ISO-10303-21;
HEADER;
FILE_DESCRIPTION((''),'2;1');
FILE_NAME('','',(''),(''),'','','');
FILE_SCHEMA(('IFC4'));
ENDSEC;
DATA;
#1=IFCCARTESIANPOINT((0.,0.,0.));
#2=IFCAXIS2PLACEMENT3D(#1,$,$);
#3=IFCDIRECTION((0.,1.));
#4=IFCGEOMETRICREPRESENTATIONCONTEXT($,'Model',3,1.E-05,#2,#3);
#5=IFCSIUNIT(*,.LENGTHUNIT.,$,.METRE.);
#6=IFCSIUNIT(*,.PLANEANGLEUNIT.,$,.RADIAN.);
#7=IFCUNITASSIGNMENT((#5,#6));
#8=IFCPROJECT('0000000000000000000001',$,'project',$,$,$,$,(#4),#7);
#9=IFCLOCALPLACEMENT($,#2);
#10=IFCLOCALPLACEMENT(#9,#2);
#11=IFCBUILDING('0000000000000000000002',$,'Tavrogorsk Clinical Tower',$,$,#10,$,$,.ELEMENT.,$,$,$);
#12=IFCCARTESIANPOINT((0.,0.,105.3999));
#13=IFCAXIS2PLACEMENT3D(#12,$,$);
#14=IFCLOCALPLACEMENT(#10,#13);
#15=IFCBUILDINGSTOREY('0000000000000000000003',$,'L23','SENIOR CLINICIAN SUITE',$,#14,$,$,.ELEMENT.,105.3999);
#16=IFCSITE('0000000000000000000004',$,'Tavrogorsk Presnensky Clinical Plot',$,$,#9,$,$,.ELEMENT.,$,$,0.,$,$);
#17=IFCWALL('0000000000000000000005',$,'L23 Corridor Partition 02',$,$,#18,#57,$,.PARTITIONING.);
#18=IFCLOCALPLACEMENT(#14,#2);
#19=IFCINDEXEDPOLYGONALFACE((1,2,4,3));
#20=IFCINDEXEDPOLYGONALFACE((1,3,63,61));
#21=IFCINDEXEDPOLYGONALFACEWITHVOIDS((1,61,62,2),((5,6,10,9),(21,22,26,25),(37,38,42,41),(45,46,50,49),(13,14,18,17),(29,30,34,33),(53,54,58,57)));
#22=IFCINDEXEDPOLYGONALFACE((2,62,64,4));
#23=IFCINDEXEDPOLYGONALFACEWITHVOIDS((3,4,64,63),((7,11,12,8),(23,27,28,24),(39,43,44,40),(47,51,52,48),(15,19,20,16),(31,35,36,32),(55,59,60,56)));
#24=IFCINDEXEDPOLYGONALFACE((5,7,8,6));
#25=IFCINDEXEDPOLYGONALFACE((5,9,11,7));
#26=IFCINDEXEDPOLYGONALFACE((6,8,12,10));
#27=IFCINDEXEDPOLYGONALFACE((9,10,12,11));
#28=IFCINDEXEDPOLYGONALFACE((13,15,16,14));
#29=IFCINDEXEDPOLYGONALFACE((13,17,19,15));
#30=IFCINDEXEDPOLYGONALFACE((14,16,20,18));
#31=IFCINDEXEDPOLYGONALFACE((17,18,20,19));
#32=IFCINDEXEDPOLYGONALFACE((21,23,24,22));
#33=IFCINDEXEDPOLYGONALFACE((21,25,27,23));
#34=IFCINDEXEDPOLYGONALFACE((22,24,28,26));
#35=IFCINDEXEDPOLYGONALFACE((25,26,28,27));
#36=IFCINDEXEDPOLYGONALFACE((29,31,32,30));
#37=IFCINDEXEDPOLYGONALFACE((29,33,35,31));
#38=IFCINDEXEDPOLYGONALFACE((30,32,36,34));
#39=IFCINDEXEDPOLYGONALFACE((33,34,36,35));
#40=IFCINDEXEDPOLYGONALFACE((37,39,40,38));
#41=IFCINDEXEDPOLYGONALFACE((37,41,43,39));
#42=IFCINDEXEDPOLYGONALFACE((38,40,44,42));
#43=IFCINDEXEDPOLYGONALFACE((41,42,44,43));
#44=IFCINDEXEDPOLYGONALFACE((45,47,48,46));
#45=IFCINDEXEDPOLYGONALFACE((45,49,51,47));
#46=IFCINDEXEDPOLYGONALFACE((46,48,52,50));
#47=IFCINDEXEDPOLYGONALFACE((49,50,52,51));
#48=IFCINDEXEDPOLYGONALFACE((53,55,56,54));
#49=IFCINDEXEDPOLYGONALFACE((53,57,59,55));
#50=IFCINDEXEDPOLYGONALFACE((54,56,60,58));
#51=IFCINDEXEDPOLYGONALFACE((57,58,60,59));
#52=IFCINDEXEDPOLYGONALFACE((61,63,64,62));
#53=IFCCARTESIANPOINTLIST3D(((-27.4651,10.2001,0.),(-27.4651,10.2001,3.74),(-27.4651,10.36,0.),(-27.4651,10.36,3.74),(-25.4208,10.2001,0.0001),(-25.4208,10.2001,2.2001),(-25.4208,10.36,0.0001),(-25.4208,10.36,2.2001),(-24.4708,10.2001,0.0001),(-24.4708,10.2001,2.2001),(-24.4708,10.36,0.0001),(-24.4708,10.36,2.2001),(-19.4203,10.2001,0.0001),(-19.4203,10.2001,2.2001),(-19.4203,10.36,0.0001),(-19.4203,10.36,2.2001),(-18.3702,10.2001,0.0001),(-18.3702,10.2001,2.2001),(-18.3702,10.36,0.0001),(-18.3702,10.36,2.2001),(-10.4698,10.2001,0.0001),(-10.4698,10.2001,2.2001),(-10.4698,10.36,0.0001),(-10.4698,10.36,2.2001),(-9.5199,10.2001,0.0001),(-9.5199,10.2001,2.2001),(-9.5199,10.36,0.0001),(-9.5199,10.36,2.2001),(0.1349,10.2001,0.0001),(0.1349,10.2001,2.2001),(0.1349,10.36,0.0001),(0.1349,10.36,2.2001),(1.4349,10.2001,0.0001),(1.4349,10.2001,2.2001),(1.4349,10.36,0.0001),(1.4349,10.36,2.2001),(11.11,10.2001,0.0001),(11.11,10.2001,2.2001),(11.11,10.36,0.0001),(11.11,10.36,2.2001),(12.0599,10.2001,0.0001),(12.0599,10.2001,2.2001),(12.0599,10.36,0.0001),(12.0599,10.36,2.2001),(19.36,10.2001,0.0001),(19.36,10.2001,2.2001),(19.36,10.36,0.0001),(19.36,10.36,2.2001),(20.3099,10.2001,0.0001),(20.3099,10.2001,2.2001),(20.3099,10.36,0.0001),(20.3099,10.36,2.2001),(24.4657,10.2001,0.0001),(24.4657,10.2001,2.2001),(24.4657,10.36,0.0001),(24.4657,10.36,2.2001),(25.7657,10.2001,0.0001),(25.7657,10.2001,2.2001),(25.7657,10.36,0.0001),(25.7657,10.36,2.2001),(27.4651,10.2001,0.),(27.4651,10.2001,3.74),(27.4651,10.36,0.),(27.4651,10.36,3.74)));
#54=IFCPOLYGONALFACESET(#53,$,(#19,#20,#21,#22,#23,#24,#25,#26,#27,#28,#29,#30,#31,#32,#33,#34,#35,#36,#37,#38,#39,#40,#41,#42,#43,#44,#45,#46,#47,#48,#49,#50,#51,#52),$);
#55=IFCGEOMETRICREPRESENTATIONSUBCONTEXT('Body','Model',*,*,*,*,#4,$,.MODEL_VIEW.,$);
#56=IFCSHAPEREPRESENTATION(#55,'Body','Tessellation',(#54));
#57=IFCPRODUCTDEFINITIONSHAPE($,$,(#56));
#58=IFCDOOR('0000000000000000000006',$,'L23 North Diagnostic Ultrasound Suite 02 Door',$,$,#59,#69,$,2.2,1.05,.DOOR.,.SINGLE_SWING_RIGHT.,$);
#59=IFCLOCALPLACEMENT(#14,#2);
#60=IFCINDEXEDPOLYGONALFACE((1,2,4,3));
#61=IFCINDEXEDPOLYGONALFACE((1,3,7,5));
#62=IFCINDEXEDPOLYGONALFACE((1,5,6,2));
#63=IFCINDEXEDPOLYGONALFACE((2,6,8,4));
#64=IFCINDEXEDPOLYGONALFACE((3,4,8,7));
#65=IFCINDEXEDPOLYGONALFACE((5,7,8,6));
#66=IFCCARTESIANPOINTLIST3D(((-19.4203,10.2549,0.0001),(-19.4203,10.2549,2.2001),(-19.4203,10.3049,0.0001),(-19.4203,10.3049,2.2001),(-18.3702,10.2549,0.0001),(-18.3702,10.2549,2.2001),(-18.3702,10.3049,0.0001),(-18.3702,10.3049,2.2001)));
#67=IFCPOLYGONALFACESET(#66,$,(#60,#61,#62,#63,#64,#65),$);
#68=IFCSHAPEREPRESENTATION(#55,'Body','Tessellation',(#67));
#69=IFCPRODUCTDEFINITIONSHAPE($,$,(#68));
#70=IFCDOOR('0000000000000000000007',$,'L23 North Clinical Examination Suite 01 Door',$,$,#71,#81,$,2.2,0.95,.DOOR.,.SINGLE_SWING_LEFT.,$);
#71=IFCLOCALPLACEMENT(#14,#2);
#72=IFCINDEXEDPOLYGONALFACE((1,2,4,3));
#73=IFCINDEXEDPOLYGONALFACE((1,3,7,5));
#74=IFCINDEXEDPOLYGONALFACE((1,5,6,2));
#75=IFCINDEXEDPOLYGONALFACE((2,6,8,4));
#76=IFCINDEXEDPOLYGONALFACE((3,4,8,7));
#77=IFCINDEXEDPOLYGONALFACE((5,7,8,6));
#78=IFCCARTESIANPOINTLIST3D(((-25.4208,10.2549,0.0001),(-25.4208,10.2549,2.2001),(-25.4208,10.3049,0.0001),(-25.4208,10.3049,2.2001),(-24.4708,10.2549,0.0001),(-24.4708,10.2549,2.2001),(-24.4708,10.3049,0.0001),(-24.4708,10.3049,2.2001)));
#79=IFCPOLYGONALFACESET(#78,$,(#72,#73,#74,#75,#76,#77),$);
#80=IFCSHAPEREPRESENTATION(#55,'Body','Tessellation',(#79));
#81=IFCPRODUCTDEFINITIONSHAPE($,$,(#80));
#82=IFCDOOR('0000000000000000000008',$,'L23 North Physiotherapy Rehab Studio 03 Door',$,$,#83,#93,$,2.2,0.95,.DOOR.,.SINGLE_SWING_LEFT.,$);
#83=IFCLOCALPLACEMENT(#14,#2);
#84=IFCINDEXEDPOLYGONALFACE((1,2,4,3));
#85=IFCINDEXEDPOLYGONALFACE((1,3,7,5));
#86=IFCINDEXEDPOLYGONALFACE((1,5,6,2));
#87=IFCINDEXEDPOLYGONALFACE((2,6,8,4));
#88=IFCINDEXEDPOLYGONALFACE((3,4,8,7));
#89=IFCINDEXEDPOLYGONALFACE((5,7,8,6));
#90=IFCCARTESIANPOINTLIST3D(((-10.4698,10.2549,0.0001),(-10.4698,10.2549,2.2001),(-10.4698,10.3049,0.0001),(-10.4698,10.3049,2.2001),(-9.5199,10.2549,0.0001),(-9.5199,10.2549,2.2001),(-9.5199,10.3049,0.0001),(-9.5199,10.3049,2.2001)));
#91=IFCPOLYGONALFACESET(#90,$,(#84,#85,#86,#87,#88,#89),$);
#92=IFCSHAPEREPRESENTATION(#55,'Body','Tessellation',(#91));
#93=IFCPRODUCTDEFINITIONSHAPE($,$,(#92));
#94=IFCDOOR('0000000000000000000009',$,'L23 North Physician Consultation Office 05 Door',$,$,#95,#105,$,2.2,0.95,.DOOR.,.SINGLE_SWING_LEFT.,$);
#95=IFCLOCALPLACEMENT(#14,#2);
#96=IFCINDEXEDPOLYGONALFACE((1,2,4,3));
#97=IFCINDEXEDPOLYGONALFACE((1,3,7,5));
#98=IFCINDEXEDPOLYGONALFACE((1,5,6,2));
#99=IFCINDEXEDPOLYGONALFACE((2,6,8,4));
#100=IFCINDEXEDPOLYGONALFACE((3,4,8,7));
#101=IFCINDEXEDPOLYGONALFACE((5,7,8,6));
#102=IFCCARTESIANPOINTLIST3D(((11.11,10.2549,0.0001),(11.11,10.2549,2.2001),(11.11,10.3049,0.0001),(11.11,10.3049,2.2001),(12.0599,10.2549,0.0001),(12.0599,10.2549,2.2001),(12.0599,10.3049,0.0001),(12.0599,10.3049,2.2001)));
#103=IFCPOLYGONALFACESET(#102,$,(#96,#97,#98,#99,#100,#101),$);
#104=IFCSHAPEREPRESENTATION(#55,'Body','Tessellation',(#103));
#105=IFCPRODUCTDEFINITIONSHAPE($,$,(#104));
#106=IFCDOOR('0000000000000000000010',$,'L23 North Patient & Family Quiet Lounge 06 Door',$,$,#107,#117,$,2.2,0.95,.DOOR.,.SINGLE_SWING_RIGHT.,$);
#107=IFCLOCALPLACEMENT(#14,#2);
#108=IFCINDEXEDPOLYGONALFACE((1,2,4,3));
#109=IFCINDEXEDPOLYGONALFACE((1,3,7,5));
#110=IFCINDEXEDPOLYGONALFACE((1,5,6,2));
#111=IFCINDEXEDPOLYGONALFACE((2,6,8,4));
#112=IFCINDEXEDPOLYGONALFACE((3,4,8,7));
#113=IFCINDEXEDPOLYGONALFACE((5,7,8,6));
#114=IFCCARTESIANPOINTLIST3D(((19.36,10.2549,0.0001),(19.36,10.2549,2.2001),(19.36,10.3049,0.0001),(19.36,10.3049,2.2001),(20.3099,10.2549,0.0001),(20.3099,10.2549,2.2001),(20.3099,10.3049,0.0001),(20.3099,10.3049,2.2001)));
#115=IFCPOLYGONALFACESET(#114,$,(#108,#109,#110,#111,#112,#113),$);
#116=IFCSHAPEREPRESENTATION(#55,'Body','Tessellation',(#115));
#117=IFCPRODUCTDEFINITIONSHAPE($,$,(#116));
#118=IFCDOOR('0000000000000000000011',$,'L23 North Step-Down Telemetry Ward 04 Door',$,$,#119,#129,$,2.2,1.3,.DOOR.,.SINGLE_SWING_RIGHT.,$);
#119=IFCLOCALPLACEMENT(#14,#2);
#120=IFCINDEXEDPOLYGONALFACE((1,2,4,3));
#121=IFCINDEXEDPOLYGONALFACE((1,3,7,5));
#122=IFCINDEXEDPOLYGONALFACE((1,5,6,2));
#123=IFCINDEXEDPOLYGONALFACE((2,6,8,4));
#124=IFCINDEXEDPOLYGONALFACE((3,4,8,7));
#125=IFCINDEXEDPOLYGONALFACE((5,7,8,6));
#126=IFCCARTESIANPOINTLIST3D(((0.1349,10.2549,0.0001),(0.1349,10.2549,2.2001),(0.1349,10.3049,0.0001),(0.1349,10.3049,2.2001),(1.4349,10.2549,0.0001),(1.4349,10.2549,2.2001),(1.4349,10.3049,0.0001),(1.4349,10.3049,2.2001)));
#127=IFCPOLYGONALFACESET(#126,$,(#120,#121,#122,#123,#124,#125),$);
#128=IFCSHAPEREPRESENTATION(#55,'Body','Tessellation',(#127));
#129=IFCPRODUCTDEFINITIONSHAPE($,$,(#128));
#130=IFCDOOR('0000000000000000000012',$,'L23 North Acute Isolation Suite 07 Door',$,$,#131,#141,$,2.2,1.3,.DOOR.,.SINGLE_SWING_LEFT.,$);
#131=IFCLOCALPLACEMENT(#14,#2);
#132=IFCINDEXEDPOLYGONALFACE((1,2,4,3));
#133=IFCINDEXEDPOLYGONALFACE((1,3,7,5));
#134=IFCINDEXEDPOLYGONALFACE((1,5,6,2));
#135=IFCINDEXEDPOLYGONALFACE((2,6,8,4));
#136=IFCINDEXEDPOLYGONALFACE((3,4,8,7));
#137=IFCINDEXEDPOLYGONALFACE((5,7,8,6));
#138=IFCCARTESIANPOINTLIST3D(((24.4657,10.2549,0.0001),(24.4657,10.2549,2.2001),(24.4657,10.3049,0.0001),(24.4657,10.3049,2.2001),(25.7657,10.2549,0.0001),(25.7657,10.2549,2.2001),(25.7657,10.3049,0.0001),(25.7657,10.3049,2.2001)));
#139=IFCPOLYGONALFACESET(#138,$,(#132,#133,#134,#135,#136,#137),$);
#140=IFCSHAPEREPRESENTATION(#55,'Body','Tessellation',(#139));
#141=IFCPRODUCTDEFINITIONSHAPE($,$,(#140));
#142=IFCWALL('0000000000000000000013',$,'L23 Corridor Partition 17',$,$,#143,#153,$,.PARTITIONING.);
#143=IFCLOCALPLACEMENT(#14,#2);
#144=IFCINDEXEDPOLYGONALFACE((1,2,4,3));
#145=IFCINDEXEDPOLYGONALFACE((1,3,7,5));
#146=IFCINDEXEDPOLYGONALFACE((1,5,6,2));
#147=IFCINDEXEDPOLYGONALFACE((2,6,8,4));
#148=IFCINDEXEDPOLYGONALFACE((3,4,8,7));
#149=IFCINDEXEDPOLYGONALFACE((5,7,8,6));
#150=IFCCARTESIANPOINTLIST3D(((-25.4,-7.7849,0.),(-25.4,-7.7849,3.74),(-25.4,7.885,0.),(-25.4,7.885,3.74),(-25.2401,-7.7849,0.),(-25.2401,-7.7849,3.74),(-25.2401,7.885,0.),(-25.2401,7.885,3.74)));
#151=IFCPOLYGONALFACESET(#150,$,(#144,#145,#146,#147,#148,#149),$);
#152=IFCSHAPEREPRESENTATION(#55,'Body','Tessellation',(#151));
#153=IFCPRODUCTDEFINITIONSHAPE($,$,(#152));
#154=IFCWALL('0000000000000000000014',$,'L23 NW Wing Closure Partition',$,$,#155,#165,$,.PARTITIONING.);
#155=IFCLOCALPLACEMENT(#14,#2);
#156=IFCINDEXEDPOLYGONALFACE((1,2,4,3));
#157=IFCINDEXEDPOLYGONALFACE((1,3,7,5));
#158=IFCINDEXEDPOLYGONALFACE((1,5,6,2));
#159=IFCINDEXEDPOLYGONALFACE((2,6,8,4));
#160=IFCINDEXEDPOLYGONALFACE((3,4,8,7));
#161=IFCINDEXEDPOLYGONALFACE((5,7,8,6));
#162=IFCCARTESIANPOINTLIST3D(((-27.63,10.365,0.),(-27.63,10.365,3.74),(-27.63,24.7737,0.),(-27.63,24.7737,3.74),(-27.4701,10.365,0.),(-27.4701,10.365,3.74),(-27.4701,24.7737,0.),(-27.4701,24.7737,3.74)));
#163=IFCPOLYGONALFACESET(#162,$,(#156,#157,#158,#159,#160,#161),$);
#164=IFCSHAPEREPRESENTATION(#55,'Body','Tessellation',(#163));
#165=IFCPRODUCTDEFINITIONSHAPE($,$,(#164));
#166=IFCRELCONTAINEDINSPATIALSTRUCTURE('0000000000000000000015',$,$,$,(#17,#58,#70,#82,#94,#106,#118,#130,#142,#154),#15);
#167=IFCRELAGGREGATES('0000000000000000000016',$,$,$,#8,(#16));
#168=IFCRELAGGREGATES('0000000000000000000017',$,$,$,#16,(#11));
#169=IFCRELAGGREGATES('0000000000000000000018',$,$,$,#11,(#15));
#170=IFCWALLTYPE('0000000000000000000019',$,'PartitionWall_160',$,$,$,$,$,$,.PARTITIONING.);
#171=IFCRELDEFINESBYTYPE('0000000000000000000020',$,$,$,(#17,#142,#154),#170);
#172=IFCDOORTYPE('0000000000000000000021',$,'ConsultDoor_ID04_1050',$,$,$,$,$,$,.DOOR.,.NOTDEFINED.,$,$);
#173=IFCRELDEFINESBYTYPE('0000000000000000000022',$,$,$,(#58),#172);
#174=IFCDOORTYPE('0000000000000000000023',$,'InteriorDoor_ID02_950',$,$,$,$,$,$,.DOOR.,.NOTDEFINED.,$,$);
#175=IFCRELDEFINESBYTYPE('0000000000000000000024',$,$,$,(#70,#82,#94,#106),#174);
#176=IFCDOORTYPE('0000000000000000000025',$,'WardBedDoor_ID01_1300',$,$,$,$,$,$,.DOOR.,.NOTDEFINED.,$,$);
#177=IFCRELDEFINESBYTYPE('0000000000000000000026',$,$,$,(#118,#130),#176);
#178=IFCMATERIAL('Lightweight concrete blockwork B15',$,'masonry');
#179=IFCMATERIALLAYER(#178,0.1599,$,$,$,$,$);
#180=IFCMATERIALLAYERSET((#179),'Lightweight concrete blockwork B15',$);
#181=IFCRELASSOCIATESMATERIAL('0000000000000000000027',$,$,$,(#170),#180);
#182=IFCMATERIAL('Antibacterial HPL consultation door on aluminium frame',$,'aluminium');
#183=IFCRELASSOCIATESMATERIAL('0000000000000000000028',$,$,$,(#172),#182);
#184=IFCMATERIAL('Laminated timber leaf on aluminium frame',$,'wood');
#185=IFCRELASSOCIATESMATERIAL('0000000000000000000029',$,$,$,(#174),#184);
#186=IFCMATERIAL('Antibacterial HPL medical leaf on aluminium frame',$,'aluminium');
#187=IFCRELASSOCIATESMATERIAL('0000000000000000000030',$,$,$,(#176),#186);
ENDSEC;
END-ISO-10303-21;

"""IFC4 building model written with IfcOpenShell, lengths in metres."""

from ifc_helpers import new_model, si_unit, direction, frame, frame_2d, origin, place, context, subcontext, project, spatial, rectangle, extrude, material, layer, layer_set, type_object, element, fill, save


model = new_model("IFC4")

# Units and contexts
model_context = context("Model", 3, precision=1e-05, world=origin(), true_north=direction((0.0, 1.0)))
body_context = subcontext(model_context, "Body", "Model", "MODEL_VIEW")
ifc_project = project(units=[si_unit("LENGTHUNIT", "METRE"), si_unit("PLANEANGLEUNIT", "RADIAN")], contexts=[model_context])

# Site, building, storey
site_placement = place(None, origin())
site = spatial("IfcSite", under=ifc_project, at=site_placement, Name="Tavrogorsk Presnensky Clinical Plot", CompositionType="ELEMENT", RefElevation=0.0)
building_placement = place(site_placement, origin())
building = spatial("IfcBuilding", under=site, at=building_placement, Name="Tavrogorsk Clinical Tower", CompositionType="ELEMENT")
storey_placement = place(building_placement, frame((0.0, 0.0, 105.3999)))
storey = spatial("IfcBuildingStorey", under=building, at=storey_placement, Name="L23", Description="SENIOR CLINICIAN SUITE", CompositionType="ELEMENT", Elevation=105.3999)

# Wall, openings, doors
ifc_material_1 = material(Name="Lightweight concrete blockwork B15", Category="masonry")
ifc_layer_1 = layer(ifc_material_1, 0.1599)
ifc_layer_set_1 = layer_set([ifc_layer_1], Name="Lightweight concrete blockwork B15")
wall_type_1 = type_object("IfcWallType", Name="PartitionWall_160", PredefinedType="PARTITIONING", material=ifc_layer_set_1)
wall_1_placement = place(storey_placement, frame((-27.4651, 10.28, 0.0), z_axis=(0.0, 0.0, 1.0), x_axis=(1.0, 0.0, 0.0)))
wall_1 = element("IfcWall", 1, at=wall_1_placement, inside=storey, type_object=wall_type_1, Name="L23 Corridor Partition 02", PredefinedType="PARTITIONING", context=body_context, shape_type="SweptSolid", body=[
    extrude(rectangle(XDim=54.9302, YDim=0.1599, at=frame_2d((27.4651, 0.0))), origin(), (0.0, 0.0, 1.0), 3.74),
])
opening_1_placement = place(wall_1_placement, frame((2.0442, 0.0, 0.0)))
opening_1 = element("IfcOpeningElement", 2, at=opening_1_placement, cuts=wall_1, PredefinedType="OPENING", context=body_context, shape_type="SweptSolid", body=[
    extrude(rectangle(XDim=0.95, YDim=2.2, at=frame_2d((0.4751, 1.1001))), frame((0.0, 0.0898, 0.0), z_axis=(0.0, -1.0, 0.0), x_axis=(1.0, 0.0, 0.0)), (0.0, 0.0, 1.0), 0.1799),
])
opening_2_placement = place(wall_1_placement, frame((8.0449, 0.0, 0.0)))
opening_2 = element("IfcOpeningElement", 3, at=opening_2_placement, cuts=wall_1, PredefinedType="OPENING", context=body_context, shape_type="SweptSolid", body=[
    extrude(rectangle(XDim=1.05, YDim=2.2, at=frame_2d((0.5249, 1.1001))), frame((0.0, 0.0898, 0.0), z_axis=(0.0, -1.0, 0.0), x_axis=(1.0, 0.0, 0.0)), (0.0, 0.0, 1.0), 0.1799),
])
opening_3_placement = place(wall_1_placement, frame((16.9951, 0.0, 0.0)))
opening_3 = element("IfcOpeningElement", 4, at=opening_3_placement, cuts=wall_1, PredefinedType="OPENING", context=body_context, shape_type="SweptSolid", body=[
    extrude(rectangle(XDim=0.95, YDim=2.2, at=frame_2d((0.4751, 1.1001))), frame((0.0, 0.0898, 0.0), z_axis=(0.0, -1.0, 0.0), x_axis=(1.0, 0.0, 0.0)), (0.0, 0.0, 1.0), 0.1799),
])
opening_4_placement = place(wall_1_placement, frame((27.6001, 0.0, 0.0)))
opening_4 = element("IfcOpeningElement", 5, at=opening_4_placement, cuts=wall_1, PredefinedType="OPENING", context=body_context, shape_type="SweptSolid", body=[
    extrude(rectangle(XDim=1.3, YDim=2.2, at=frame_2d((0.6499, 1.1001))), frame((0.0, 0.0898, 0.0), z_axis=(0.0, -1.0, 0.0), x_axis=(1.0, 0.0, 0.0)), (0.0, 0.0, 1.0), 0.1799),
])
opening_5_placement = place(wall_1_placement, frame((38.575, 0.0, 0.0)))
opening_5 = element("IfcOpeningElement", 6, at=opening_5_placement, cuts=wall_1, PredefinedType="OPENING", context=body_context, shape_type="SweptSolid", body=[
    extrude(rectangle(XDim=0.95, YDim=2.2, at=frame_2d((0.4751, 1.1001))), frame((0.0, 0.0898, 0.0), z_axis=(0.0, -1.0, 0.0), x_axis=(1.0, 0.0, 0.0)), (0.0, 0.0, 1.0), 0.1799),
])
opening_6_placement = place(wall_1_placement, frame((46.825, 0.0, 0.0)))
opening_6 = element("IfcOpeningElement", 7, at=opening_6_placement, cuts=wall_1, PredefinedType="OPENING", context=body_context, shape_type="SweptSolid", body=[
    extrude(rectangle(XDim=0.95, YDim=2.2, at=frame_2d((0.4751, 1.1001))), frame((0.0, 0.0898, 0.0), z_axis=(0.0, -1.0, 0.0), x_axis=(1.0, 0.0, 0.0)), (0.0, 0.0, 1.0), 0.1799),
])
opening_7_placement = place(wall_1_placement, frame((51.9309, 0.0, 0.0)))
opening_7 = element("IfcOpeningElement", 8, at=opening_7_placement, cuts=wall_1, PredefinedType="OPENING", context=body_context, shape_type="SweptSolid", body=[
    extrude(rectangle(XDim=1.3, YDim=2.2, at=frame_2d((0.6499, 1.1001))), frame((0.0, 0.0898, 0.0), z_axis=(0.0, -1.0, 0.0), x_axis=(1.0, 0.0, 0.0)), (0.0, 0.0, 1.0), 0.1799),
])
ifc_material_2 = material(Name="Antibacterial HPL consultation door on aluminium frame", Category="aluminium")
door_type_1 = type_object("IfcDoorType", Name="ConsultDoor_ID04_1050", OperationType="NOTDEFINED", PredefinedType="DOOR", material=ifc_material_2)
door_1_placement = place(opening_2_placement, origin())
door_1 = element("IfcDoor", 9, at=door_1_placement, inside=storey, type_object=door_type_1, Name="L23 North Diagnostic Ultrasound Suite 02 Door", OperationType="SINGLE_SWING_RIGHT", OverallHeight=2.2, OverallWidth=1.05, PredefinedType="DOOR", context=body_context, shape_type="SweptSolid", body=[
    extrude(rectangle(XDim=1.05, YDim=2.2, at=frame_2d((0.5249, 1.1001))), frame((0.0, 0.0249, 0.0), z_axis=(0.0, -1.0, 0.0), x_axis=(1.0, 0.0, 0.0)), (0.0, 0.0, 1.0), 0.05),
])
fill(opening_2, door_1)
ifc_material_3 = material(Name="Laminated timber leaf on aluminium frame", Category="wood")
door_type_2 = type_object("IfcDoorType", Name="InteriorDoor_ID02_950", OperationType="NOTDEFINED", PredefinedType="DOOR", material=ifc_material_3)
door_2_placement = place(opening_1_placement, origin())
door_2 = element("IfcDoor", 10, at=door_2_placement, inside=storey, type_object=door_type_2, Name="L23 North Clinical Examination Suite 01 Door", OperationType="SINGLE_SWING_LEFT", OverallHeight=2.2, OverallWidth=0.95, PredefinedType="DOOR", context=body_context, shape_type="SweptSolid", body=[
    extrude(rectangle(XDim=0.95, YDim=2.2, at=frame_2d((0.4751, 1.1001))), frame((0.0, 0.0249, 0.0), z_axis=(0.0, -1.0, 0.0), x_axis=(1.0, 0.0, 0.0)), (0.0, 0.0, 1.0), 0.05),
])
fill(opening_1, door_2)
door_3_placement = place(opening_3_placement, origin())
door_3 = element("IfcDoor", 11, at=door_3_placement, inside=storey, type_object=door_type_2, Name="L23 North Physiotherapy Rehab Studio 03 Door", OperationType="SINGLE_SWING_LEFT", OverallHeight=2.2, OverallWidth=0.95, PredefinedType="DOOR", context=body_context, shape_type="SweptSolid", body=[
    extrude(rectangle(XDim=0.95, YDim=2.2, at=frame_2d((0.4751, 1.1001))), frame((0.0, 0.0249, 0.0), z_axis=(0.0, -1.0, 0.0), x_axis=(1.0, 0.0, 0.0)), (0.0, 0.0, 1.0), 0.05),
])
fill(opening_3, door_3)
door_4_placement = place(opening_5_placement, origin())
door_4 = element("IfcDoor", 12, at=door_4_placement, inside=storey, type_object=door_type_2, Name="L23 North Physician Consultation Office 05 Door", OperationType="SINGLE_SWING_LEFT", OverallHeight=2.2, OverallWidth=0.95, PredefinedType="DOOR", context=body_context, shape_type="SweptSolid", body=[
    extrude(rectangle(XDim=0.95, YDim=2.2, at=frame_2d((0.4751, 1.1001))), frame((0.0, 0.0249, 0.0), z_axis=(0.0, -1.0, 0.0), x_axis=(1.0, 0.0, 0.0)), (0.0, 0.0, 1.0), 0.05),
])
fill(opening_5, door_4)
door_5_placement = place(opening_6_placement, origin())
door_5 = element("IfcDoor", 13, at=door_5_placement, inside=storey, type_object=door_type_2, Name="L23 North Patient & Family Quiet Lounge 06 Door", OperationType="SINGLE_SWING_RIGHT", OverallHeight=2.2, OverallWidth=0.95, PredefinedType="DOOR", context=body_context, shape_type="SweptSolid", body=[
    extrude(rectangle(XDim=0.95, YDim=2.2, at=frame_2d((0.4751, 1.1001))), frame((0.0, 0.0249, 0.0), z_axis=(0.0, -1.0, 0.0), x_axis=(1.0, 0.0, 0.0)), (0.0, 0.0, 1.0), 0.05),
])
fill(opening_6, door_5)
ifc_material_4 = material(Name="Antibacterial HPL medical leaf on aluminium frame", Category="aluminium")
door_type_3 = type_object("IfcDoorType", Name="WardBedDoor_ID01_1300", OperationType="NOTDEFINED", PredefinedType="DOOR", material=ifc_material_4)
door_6_placement = place(opening_4_placement, origin())
door_6 = element("IfcDoor", 14, at=door_6_placement, inside=storey, type_object=door_type_3, Name="L23 North Step-Down Telemetry Ward 04 Door", OperationType="SINGLE_SWING_RIGHT", OverallHeight=2.2, OverallWidth=1.3, PredefinedType="DOOR", context=body_context, shape_type="SweptSolid", body=[
    extrude(rectangle(XDim=1.3, YDim=2.2, at=frame_2d((0.6499, 1.1001))), frame((0.0, 0.0249, 0.0), z_axis=(0.0, -1.0, 0.0), x_axis=(1.0, 0.0, 0.0)), (0.0, 0.0, 1.0), 0.05),
])
fill(opening_4, door_6)
door_7_placement = place(opening_7_placement, origin())
door_7 = element("IfcDoor", 15, at=door_7_placement, inside=storey, type_object=door_type_3, Name="L23 North Acute Isolation Suite 07 Door", OperationType="SINGLE_SWING_LEFT", OverallHeight=2.2, OverallWidth=1.3, PredefinedType="DOOR", context=body_context, shape_type="SweptSolid", body=[
    extrude(rectangle(XDim=1.3, YDim=2.2, at=frame_2d((0.6499, 1.1001))), frame((0.0, 0.0249, 0.0), z_axis=(0.0, -1.0, 0.0), x_axis=(1.0, 0.0, 0.0)), (0.0, 0.0, 1.0), 0.05),
])
fill(opening_7, door_7)

# Walls
wall_2_placement = place(storey_placement, frame((-25.3201, 7.885, 0.0), z_axis=(0.0, 0.0, 1.0), x_axis=(0.0, -1.0, 0.0)))
element("IfcWall", 16, at=wall_2_placement, inside=storey, type_object=wall_type_1, Name="L23 Corridor Partition 17", PredefinedType="PARTITIONING", context=body_context, shape_type="SweptSolid", body=[
    extrude(rectangle(XDim=15.6699, YDim=0.1599, at=frame_2d((7.835, 0.0))), origin(), (0.0, 0.0, 1.0), 3.74),
])
wall_3_placement = place(storey_placement, frame((-27.55, 10.365, 0.0), z_axis=(0.0, 0.0, 1.0), x_axis=(0.0, 1.0, 0.0)))
element("IfcWall", 17, at=wall_3_placement, inside=storey, type_object=wall_type_1, Name="L23 NW Wing Closure Partition", PredefinedType="PARTITIONING", context=body_context, shape_type="SweptSolid", body=[
    extrude(rectangle(XDim=14.4087, YDim=0.1599, at=frame_2d((7.2043, 0.0))), origin(), (0.0, 0.0, 1.0), 3.74),
])

save(model, "model.ifc")
